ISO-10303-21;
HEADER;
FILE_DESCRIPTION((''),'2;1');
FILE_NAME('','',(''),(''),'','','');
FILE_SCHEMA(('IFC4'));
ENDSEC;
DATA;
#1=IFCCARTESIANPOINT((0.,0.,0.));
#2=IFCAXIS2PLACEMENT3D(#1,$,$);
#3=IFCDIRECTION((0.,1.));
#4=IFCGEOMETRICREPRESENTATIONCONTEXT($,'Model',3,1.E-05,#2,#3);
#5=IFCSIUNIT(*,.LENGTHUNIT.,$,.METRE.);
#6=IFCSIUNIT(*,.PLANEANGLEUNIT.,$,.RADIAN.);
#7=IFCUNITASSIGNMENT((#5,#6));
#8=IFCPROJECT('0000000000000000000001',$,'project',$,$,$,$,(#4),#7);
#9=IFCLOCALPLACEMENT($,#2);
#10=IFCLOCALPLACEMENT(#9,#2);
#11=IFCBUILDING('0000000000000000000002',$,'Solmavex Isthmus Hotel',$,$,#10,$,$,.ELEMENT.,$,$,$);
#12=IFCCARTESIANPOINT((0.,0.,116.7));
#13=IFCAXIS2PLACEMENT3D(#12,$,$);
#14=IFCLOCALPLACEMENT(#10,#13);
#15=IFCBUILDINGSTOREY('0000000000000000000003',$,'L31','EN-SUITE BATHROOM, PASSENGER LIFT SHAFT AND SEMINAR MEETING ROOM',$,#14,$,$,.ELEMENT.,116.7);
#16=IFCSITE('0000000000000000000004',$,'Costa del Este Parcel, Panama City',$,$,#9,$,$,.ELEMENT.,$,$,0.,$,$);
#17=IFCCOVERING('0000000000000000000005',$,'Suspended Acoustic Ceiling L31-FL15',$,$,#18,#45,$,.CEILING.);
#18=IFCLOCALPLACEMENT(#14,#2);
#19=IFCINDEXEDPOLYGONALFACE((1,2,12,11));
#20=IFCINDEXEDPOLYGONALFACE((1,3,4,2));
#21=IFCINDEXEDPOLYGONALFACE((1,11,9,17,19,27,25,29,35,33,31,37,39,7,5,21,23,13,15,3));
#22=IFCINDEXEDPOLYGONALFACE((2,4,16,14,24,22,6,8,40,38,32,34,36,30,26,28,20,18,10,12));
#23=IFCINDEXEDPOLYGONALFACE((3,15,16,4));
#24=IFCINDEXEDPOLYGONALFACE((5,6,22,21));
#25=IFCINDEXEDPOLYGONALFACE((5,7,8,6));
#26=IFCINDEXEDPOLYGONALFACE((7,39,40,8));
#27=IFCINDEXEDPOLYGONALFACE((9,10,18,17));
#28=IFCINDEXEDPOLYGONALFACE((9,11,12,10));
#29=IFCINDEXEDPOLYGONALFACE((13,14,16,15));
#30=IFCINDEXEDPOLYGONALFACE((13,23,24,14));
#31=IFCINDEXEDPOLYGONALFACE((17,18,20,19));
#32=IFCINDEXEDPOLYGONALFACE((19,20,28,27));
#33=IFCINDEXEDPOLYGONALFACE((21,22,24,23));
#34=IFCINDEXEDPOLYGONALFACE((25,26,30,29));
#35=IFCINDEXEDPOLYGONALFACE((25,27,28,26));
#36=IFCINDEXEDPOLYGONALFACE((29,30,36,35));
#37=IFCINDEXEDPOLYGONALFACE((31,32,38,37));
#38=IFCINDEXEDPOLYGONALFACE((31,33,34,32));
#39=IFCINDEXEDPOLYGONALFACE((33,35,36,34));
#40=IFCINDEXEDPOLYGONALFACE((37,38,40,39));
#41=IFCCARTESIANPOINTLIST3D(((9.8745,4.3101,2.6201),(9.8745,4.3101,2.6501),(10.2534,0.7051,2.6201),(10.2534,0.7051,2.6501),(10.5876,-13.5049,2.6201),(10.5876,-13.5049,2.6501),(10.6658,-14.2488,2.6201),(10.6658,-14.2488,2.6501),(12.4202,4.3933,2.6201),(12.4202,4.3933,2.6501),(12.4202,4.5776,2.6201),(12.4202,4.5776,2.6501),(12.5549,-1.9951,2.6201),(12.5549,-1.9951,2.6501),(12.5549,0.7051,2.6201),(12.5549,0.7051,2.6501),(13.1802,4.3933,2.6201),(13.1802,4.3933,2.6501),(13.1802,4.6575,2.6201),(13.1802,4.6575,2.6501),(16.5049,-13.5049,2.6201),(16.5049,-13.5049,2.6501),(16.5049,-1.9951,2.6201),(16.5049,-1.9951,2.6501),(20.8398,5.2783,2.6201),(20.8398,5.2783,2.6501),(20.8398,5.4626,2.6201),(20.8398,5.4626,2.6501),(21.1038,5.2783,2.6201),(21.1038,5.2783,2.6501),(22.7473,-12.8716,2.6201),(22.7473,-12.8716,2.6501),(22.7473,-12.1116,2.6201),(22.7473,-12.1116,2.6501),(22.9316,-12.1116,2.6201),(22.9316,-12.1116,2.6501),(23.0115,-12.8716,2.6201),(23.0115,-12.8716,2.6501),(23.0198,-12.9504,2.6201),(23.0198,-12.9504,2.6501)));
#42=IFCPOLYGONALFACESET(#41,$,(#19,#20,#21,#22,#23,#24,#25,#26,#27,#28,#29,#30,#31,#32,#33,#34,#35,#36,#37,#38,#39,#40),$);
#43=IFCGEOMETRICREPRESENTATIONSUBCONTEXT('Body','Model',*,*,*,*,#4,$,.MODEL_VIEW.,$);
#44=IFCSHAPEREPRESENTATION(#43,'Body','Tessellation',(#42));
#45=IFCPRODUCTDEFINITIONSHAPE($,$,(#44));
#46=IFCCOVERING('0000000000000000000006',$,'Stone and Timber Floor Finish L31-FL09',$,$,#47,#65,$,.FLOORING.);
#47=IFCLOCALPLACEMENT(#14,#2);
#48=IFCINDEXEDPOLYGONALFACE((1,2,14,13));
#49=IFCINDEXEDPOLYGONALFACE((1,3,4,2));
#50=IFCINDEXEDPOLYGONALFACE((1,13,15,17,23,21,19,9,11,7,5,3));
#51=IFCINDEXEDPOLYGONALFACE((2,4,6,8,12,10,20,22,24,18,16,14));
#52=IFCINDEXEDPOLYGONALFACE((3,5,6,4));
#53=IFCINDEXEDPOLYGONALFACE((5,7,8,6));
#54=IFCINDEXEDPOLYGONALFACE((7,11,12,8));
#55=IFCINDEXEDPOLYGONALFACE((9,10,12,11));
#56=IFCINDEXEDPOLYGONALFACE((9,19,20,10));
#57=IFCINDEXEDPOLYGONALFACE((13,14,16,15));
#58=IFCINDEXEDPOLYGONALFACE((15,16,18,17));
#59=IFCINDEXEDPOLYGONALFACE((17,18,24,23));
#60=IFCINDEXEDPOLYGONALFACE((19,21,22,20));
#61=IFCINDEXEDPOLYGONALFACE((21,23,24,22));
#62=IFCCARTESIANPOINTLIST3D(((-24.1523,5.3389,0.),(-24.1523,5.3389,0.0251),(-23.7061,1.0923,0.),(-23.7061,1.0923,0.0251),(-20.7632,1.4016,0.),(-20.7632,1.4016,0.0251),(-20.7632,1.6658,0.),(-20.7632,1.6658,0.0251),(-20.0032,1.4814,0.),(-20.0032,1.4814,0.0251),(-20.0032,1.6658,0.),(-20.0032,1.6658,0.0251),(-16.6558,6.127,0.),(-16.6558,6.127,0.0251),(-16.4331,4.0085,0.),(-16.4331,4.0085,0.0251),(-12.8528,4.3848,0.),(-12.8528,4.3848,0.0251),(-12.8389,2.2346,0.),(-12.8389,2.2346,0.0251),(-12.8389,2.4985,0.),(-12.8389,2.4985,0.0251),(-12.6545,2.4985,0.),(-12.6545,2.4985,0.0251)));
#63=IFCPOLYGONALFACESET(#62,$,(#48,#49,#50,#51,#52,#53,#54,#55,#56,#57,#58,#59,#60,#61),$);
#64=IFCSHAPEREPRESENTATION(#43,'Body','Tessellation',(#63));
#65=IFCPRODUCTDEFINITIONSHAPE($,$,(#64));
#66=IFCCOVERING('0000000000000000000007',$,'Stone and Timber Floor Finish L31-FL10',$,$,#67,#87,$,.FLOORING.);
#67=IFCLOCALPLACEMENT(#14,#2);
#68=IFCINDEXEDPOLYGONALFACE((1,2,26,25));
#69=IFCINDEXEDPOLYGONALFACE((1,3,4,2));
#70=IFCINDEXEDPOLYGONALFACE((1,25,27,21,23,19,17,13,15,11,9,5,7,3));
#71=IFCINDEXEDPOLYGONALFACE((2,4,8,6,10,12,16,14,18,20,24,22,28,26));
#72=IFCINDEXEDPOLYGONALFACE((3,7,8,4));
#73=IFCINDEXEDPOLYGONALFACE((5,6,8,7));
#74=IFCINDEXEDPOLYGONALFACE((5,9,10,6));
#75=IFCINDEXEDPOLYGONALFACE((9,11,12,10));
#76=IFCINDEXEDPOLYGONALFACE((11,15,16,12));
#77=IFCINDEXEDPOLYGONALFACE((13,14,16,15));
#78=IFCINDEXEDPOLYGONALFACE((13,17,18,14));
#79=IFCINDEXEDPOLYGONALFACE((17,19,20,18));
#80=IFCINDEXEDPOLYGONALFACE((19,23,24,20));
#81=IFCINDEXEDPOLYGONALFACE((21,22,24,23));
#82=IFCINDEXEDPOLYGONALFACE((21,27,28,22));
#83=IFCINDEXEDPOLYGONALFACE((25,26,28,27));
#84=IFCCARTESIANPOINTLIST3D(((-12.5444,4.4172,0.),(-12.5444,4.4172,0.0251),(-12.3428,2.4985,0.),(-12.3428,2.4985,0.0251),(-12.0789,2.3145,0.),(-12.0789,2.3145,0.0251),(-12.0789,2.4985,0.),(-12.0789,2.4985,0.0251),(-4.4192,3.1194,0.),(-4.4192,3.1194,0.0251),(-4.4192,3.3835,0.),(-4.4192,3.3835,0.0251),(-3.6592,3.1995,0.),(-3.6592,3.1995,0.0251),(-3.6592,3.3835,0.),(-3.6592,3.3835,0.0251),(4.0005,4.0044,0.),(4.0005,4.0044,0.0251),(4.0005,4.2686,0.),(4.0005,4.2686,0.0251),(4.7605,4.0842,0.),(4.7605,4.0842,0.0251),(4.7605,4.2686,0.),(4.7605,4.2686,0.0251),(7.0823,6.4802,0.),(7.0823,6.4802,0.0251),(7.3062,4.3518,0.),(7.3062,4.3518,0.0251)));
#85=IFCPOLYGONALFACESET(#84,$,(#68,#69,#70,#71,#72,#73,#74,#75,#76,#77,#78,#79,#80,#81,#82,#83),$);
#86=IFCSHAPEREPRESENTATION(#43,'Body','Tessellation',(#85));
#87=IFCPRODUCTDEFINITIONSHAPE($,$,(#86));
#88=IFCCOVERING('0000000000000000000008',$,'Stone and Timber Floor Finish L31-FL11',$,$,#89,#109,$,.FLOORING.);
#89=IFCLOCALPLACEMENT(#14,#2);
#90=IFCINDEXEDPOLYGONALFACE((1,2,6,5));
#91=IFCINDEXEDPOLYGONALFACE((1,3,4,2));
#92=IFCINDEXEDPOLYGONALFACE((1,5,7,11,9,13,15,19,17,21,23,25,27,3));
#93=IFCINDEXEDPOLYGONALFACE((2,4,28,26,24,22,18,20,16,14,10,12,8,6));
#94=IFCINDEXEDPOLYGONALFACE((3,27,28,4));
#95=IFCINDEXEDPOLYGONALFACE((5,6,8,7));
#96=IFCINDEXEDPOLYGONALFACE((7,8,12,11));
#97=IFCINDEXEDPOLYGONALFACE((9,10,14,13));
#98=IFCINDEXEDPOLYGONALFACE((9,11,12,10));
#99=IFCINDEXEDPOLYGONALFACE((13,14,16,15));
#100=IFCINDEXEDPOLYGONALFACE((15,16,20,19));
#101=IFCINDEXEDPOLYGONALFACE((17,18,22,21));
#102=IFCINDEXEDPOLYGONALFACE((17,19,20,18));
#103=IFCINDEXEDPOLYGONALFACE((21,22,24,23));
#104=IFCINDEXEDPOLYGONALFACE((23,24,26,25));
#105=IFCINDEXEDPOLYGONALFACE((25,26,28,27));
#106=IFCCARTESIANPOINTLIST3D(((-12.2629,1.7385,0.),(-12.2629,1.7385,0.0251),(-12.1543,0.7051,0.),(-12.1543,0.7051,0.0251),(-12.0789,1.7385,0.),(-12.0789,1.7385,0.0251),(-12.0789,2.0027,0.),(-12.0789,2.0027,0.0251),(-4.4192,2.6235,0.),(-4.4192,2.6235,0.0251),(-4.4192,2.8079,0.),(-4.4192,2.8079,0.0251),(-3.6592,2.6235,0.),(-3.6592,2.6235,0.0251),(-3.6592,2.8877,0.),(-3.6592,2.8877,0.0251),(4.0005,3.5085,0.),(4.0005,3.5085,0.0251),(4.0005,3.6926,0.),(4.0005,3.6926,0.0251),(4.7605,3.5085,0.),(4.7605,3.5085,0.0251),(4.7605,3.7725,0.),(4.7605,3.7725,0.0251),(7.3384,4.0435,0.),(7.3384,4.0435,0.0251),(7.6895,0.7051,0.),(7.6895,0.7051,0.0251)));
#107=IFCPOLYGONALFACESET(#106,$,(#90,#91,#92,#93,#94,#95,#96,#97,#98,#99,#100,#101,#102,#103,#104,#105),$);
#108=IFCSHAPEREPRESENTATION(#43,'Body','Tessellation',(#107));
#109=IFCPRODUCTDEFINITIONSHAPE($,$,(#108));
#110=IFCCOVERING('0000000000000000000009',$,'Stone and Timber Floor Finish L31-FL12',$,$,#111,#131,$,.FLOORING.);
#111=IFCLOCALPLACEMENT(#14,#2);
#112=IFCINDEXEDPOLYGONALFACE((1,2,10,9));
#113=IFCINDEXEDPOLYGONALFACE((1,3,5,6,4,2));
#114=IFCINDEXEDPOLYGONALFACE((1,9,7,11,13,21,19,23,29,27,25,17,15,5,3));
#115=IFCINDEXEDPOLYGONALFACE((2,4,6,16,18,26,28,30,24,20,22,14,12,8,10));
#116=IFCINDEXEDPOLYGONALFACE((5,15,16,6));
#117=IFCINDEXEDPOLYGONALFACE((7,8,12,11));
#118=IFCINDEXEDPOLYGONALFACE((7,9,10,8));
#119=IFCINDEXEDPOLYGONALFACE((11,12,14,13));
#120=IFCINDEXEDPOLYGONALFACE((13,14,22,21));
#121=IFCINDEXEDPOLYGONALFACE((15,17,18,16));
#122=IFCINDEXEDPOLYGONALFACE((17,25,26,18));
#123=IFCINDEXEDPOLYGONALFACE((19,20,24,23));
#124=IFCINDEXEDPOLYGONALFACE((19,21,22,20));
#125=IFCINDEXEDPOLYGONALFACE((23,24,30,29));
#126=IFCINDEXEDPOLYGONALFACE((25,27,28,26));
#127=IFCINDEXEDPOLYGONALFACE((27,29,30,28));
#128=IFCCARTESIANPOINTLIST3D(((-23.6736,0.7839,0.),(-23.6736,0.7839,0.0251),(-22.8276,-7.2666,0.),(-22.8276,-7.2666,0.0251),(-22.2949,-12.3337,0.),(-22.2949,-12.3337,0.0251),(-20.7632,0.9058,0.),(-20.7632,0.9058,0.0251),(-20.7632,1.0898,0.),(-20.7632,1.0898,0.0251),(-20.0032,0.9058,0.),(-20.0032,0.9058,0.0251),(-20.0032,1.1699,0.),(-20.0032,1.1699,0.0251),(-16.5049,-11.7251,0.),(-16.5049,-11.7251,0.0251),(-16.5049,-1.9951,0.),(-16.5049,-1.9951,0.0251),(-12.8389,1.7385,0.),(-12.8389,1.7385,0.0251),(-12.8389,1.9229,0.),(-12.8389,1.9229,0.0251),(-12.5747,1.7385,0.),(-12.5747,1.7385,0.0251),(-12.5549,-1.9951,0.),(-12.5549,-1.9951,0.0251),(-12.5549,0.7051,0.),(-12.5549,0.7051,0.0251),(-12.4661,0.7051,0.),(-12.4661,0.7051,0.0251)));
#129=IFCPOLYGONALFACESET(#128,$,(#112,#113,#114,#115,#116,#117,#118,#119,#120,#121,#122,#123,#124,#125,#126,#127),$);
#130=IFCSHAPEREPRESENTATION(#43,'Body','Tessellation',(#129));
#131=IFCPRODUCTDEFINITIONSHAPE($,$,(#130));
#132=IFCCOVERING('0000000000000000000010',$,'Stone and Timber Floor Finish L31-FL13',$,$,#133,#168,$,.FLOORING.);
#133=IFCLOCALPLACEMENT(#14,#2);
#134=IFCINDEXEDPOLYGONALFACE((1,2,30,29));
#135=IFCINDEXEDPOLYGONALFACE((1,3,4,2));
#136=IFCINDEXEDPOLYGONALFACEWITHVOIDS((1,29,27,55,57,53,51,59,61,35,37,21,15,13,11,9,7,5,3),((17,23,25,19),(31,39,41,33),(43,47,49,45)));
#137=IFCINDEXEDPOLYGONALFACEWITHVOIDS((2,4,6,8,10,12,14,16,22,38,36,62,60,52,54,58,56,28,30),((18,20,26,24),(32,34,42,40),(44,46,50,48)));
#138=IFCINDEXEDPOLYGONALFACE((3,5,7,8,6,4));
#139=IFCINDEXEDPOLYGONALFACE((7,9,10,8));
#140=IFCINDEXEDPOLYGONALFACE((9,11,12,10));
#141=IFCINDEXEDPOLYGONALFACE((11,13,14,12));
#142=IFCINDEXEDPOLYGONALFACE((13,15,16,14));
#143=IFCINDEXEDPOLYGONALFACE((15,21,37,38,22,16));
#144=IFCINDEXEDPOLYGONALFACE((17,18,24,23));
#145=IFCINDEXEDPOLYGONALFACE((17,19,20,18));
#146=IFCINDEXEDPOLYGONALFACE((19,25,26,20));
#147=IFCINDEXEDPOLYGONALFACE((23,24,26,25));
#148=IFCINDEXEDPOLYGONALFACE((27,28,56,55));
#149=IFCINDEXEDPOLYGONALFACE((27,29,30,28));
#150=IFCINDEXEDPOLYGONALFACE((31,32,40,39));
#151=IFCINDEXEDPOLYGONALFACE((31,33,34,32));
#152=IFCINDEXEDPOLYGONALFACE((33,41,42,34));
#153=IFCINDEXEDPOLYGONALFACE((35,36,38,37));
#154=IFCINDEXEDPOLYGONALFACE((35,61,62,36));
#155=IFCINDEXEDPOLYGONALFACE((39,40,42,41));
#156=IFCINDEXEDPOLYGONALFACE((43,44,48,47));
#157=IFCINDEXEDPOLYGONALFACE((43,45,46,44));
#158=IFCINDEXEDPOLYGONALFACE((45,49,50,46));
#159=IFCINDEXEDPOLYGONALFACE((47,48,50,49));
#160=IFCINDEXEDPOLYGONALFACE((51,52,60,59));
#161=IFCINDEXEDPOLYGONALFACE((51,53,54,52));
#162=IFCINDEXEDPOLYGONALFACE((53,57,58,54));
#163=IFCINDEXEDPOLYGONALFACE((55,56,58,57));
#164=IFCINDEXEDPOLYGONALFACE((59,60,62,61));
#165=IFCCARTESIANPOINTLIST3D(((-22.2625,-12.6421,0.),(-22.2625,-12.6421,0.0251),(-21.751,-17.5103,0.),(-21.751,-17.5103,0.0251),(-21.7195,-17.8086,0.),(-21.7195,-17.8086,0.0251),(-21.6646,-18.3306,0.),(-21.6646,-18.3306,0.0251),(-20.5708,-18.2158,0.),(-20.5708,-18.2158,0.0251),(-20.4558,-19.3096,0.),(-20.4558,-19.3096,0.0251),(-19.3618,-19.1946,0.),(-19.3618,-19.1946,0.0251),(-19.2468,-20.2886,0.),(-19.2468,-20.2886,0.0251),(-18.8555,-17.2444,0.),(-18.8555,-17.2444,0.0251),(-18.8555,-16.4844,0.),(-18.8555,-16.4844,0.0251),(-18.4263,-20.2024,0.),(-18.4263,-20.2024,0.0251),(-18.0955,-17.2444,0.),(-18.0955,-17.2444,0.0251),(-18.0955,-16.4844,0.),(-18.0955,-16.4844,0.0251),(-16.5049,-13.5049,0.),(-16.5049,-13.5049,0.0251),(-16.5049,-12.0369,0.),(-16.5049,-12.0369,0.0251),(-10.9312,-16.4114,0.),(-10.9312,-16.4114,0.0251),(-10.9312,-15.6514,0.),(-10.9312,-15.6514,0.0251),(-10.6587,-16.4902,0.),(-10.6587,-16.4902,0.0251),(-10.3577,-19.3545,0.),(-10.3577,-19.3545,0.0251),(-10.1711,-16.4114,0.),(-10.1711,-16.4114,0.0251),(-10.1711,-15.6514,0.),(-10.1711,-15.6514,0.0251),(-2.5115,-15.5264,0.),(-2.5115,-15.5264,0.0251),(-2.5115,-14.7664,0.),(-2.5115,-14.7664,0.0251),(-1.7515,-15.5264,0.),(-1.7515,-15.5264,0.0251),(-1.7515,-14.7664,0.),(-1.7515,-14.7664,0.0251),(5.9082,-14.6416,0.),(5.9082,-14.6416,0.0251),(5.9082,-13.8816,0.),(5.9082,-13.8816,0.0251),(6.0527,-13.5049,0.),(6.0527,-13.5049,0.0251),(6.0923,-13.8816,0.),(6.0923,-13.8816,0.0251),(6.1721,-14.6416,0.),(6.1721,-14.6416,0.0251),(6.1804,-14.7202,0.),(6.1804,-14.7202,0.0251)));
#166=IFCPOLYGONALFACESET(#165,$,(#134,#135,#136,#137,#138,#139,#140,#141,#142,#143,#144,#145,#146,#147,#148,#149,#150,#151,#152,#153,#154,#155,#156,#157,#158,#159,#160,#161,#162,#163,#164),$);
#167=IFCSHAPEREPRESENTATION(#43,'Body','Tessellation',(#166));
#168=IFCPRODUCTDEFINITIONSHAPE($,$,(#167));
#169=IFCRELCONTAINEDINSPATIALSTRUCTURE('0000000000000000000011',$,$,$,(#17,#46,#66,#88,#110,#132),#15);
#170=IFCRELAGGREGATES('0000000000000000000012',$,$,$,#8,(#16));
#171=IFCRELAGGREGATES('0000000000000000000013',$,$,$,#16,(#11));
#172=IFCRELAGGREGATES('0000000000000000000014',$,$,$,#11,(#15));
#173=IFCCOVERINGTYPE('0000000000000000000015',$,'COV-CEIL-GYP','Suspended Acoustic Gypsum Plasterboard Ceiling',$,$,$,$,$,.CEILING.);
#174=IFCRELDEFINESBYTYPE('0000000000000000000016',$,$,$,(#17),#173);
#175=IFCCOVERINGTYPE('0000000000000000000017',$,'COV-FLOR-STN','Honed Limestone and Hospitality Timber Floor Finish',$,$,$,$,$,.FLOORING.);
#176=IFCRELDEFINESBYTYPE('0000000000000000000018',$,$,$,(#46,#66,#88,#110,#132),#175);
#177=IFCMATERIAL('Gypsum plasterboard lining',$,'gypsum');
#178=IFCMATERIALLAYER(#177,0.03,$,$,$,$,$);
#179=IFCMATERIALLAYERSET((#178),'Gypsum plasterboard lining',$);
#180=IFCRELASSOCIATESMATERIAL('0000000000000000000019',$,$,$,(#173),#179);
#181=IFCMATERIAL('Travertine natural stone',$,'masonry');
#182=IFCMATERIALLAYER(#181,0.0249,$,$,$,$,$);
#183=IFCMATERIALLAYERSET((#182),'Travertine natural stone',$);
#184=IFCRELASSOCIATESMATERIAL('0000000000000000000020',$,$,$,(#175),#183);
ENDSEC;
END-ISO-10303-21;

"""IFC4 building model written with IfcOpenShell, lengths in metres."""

from ifc_helpers import new_model, si_unit, direction, frame, origin, place, context, subcontext, project, spatial, polyline, outline, extrude, material, layer, layer_set, type_object, element, save


model = new_model("IFC4")

# Units and contexts
model_context = context("Model", 3, precision=1e-05, world=origin(), true_north=direction((0.0, 1.0)))
body_context = subcontext(model_context, "Body", "Model", "MODEL_VIEW")
ifc_project = project(units=[si_unit("LENGTHUNIT", "METRE"), si_unit("PLANEANGLEUNIT", "RADIAN")], contexts=[model_context])

# Site, building, storey
site_placement = place(None, origin())
site = spatial("IfcSite", under=ifc_project, at=site_placement, Name="Costa del Este Parcel, Panama City", CompositionType="ELEMENT", RefElevation=0.0)
building_placement = place(site_placement, origin())
building = spatial("IfcBuilding", under=site, at=building_placement, Name="Solmavex Isthmus Hotel", CompositionType="ELEMENT")
storey_placement = place(building_placement, frame((0.0, 0.0, 116.7)))
storey = spatial("IfcBuildingStorey", under=building, at=storey_placement, Name="L31", Description="EN-SUITE BATHROOM, PASSENGER LIFT SHAFT AND SEMINAR MEETING ROOM", CompositionType="ELEMENT", Elevation=116.7)

# Shared definitions
ifc_material_1 = material(Name="Gypsum plasterboard lining", Category="gypsum")

# Coverings
ifc_layer_1 = layer(ifc_material_1, 0.03)
ifc_layer_set_1 = layer_set([ifc_layer_1], Name="Gypsum plasterboard lining")
covering_type_1 = type_object("IfcCoveringType", Name="COV-CEIL-GYP", Description="Suspended Acoustic Gypsum Plasterboard Ceiling", PredefinedType="CEILING", material=ifc_layer_set_1)
covering_1_placement = place(storey_placement, frame((0.0, 0.0, 2.6201)))
element("IfcCovering", 1, at=covering_1_placement, inside=storey, type_object=covering_type_1, Name="Suspended Acoustic Ceiling L31-FL15", PredefinedType="CEILING", context=body_context, shape_type="SweptSolid", body=[
    extrude(outline(polyline([(13.1802, 4.6575), (13.1802, 4.3933), (12.4202, 4.3933), (12.4202, 4.5776), (9.8745, 4.3101), (10.2534, 0.7051), (12.5549, 0.7051), (12.5549, -1.9951), (16.5049, -1.9951), (16.5049, -13.5049), (10.5876, -13.5049), (10.6658, -14.2488), (23.0198, -12.9504), (23.0115, -12.8716), (22.7473, -12.8716), (22.7473, -12.1116), (22.9316, -12.1116), (21.1038, 5.2783), (20.8398, 5.2783), (20.8398, 5.4626), (13.1802, 4.6575)])), origin(), (0.0, 0.0, 1.0), 0.03),
])
ifc_material_2 = material(Name="Travertine natural stone", Category="masonry")
ifc_layer_2 = layer(ifc_material_2, 0.0249)
ifc_layer_set_2 = layer_set([ifc_layer_2], Name="Travertine natural stone")
covering_type_2 = type_object("IfcCoveringType", Name="COV-FLOR-STN", Description="Honed Limestone and Hospitality Timber Floor Finish", PredefinedType="FLOORING", material=ifc_layer_set_2)
covering_2_placement = place(storey_placement, origin())
element("IfcCovering", 2, at=covering_2_placement, inside=storey, type_object=covering_type_2, Name="Stone and Timber Floor Finish L31-FL09", PredefinedType="FLOORING", context=body_context, shape_type="SweptSolid", body=[
    extrude(outline(polyline([(-12.8389, 2.2346), (-12.8389, 2.4985), (-12.6545, 2.4985), (-12.8528, 4.3848), (-16.4331, 4.0085), (-16.6558, 6.127), (-24.1523, 5.3389), (-23.7061, 1.0923), (-20.7632, 1.4016), (-20.7632, 1.6658), (-20.0032, 1.6658), (-20.0032, 1.4814), (-12.8389, 2.2346)])), origin(), (0.0, 0.0, 1.0), 0.0251),
])
covering_3_placement = place(storey_placement, origin())
element("IfcCovering", 3, at=covering_3_placement, inside=storey, type_object=covering_type_2, Name="Stone and Timber Floor Finish L31-FL10", PredefinedType="FLOORING", context=body_context, shape_type="SweptSolid", body=[
    extrude(outline(polyline([(4.0005, 4.0044), (4.0005, 4.2686), (4.7605, 4.2686), (4.7605, 4.0842), (7.3062, 4.3518), (7.0823, 6.4802), (-12.5444, 4.4172), (-12.3428, 2.4985), (-12.0789, 2.4985), (-12.0789, 2.3145), (-4.4192, 3.1194), (-4.4192, 3.3835), (-3.6592, 3.3835), (-3.6592, 3.1995), (4.0005, 4.0044)])), origin(), (0.0, 0.0, 1.0), 0.0251),
])
covering_4_placement = place(storey_placement, origin())
element("IfcCovering", 4, at=covering_4_placement, inside=storey, type_object=covering_type_2, Name="Stone and Timber Floor Finish L31-FL11", PredefinedType="FLOORING", context=body_context, shape_type="SweptSolid", body=[
    extrude(outline(polyline([(-12.0789, 2.0027), (-12.0789, 1.7385), (-12.2629, 1.7385), (-12.1543, 0.7051), (7.6895, 0.7051), (7.3384, 4.0435), (4.7605, 3.7725), (4.7605, 3.5085), (4.0005, 3.5085), (4.0005, 3.6926), (-3.6592, 2.8877), (-3.6592, 2.6235), (-4.4192, 2.6235), (-4.4192, 2.8079), (-12.0789, 2.0027)])), origin(), (0.0, 0.0, 1.0), 0.0251),
])
covering_5_placement = place(storey_placement, origin())
element("IfcCovering", 5, at=covering_5_placement, inside=storey, type_object=covering_type_2, Name="Stone and Timber Floor Finish L31-FL12", PredefinedType="FLOORING", context=body_context, shape_type="SweptSolid", body=[
    extrude(outline(polyline([(-20.0032, 1.1699), (-20.0032, 0.9058), (-20.7632, 0.9058), (-20.7632, 1.0898), (-23.6736, 0.7839), (-22.8276, -7.2666), (-22.2949, -12.3337), (-16.5049, -11.7251), (-16.5049, -1.9951), (-12.5549, -1.9951), (-12.5549, 0.7051), (-12.4661, 0.7051), (-12.5747, 1.7385), (-12.8389, 1.7385), (-12.8389, 1.9229), (-20.0032, 1.1699)])), origin(), (0.0, 0.0, 1.0), 0.0251),
])
covering_6_placement = place(storey_placement, origin())
element("IfcCovering", 6, at=covering_6_placement, inside=storey, type_object=covering_type_2, Name="Stone and Timber Floor Finish L31-FL13", PredefinedType="FLOORING", context=body_context, shape_type="SweptSolid", body=[
    extrude(outline(polyline([(6.1721, -14.6416), (5.9082, -14.6416), (5.9082, -13.8816), (6.0923, -13.8816), (6.0527, -13.5049), (-16.5049, -13.5049), (-16.5049, -12.0369), (-22.2625, -12.6421), (-21.751, -17.5103), (-21.7195, -17.8086), (-21.6646, -18.3306), (-20.5708, -18.2158), (-20.4558, -19.3096), (-19.3618, -19.1946), (-19.2468, -20.2886), (-18.4263, -20.2024), (-10.3577, -19.3545), (-10.6587, -16.4902), (6.1804, -14.7202), (6.1721, -14.6416)]), holes=[polyline([(-2.5115, -15.5264), (-2.5115, -14.7664), (-1.7515, -14.7664), (-1.7515, -15.5264), (-2.5115, -15.5264)]), polyline([(-10.9312, -16.4114), (-10.9312, -15.6514), (-10.1711, -15.6514), (-10.1711, -16.4114), (-10.9312, -16.4114)]), polyline([(-18.8555, -17.2444), (-18.8555, -16.4844), (-18.0955, -16.4844), (-18.0955, -17.2444), (-18.8555, -17.2444)])]), origin(), (0.0, 0.0, 1.0), 0.0251),
])

save(model, "model.ifc")
